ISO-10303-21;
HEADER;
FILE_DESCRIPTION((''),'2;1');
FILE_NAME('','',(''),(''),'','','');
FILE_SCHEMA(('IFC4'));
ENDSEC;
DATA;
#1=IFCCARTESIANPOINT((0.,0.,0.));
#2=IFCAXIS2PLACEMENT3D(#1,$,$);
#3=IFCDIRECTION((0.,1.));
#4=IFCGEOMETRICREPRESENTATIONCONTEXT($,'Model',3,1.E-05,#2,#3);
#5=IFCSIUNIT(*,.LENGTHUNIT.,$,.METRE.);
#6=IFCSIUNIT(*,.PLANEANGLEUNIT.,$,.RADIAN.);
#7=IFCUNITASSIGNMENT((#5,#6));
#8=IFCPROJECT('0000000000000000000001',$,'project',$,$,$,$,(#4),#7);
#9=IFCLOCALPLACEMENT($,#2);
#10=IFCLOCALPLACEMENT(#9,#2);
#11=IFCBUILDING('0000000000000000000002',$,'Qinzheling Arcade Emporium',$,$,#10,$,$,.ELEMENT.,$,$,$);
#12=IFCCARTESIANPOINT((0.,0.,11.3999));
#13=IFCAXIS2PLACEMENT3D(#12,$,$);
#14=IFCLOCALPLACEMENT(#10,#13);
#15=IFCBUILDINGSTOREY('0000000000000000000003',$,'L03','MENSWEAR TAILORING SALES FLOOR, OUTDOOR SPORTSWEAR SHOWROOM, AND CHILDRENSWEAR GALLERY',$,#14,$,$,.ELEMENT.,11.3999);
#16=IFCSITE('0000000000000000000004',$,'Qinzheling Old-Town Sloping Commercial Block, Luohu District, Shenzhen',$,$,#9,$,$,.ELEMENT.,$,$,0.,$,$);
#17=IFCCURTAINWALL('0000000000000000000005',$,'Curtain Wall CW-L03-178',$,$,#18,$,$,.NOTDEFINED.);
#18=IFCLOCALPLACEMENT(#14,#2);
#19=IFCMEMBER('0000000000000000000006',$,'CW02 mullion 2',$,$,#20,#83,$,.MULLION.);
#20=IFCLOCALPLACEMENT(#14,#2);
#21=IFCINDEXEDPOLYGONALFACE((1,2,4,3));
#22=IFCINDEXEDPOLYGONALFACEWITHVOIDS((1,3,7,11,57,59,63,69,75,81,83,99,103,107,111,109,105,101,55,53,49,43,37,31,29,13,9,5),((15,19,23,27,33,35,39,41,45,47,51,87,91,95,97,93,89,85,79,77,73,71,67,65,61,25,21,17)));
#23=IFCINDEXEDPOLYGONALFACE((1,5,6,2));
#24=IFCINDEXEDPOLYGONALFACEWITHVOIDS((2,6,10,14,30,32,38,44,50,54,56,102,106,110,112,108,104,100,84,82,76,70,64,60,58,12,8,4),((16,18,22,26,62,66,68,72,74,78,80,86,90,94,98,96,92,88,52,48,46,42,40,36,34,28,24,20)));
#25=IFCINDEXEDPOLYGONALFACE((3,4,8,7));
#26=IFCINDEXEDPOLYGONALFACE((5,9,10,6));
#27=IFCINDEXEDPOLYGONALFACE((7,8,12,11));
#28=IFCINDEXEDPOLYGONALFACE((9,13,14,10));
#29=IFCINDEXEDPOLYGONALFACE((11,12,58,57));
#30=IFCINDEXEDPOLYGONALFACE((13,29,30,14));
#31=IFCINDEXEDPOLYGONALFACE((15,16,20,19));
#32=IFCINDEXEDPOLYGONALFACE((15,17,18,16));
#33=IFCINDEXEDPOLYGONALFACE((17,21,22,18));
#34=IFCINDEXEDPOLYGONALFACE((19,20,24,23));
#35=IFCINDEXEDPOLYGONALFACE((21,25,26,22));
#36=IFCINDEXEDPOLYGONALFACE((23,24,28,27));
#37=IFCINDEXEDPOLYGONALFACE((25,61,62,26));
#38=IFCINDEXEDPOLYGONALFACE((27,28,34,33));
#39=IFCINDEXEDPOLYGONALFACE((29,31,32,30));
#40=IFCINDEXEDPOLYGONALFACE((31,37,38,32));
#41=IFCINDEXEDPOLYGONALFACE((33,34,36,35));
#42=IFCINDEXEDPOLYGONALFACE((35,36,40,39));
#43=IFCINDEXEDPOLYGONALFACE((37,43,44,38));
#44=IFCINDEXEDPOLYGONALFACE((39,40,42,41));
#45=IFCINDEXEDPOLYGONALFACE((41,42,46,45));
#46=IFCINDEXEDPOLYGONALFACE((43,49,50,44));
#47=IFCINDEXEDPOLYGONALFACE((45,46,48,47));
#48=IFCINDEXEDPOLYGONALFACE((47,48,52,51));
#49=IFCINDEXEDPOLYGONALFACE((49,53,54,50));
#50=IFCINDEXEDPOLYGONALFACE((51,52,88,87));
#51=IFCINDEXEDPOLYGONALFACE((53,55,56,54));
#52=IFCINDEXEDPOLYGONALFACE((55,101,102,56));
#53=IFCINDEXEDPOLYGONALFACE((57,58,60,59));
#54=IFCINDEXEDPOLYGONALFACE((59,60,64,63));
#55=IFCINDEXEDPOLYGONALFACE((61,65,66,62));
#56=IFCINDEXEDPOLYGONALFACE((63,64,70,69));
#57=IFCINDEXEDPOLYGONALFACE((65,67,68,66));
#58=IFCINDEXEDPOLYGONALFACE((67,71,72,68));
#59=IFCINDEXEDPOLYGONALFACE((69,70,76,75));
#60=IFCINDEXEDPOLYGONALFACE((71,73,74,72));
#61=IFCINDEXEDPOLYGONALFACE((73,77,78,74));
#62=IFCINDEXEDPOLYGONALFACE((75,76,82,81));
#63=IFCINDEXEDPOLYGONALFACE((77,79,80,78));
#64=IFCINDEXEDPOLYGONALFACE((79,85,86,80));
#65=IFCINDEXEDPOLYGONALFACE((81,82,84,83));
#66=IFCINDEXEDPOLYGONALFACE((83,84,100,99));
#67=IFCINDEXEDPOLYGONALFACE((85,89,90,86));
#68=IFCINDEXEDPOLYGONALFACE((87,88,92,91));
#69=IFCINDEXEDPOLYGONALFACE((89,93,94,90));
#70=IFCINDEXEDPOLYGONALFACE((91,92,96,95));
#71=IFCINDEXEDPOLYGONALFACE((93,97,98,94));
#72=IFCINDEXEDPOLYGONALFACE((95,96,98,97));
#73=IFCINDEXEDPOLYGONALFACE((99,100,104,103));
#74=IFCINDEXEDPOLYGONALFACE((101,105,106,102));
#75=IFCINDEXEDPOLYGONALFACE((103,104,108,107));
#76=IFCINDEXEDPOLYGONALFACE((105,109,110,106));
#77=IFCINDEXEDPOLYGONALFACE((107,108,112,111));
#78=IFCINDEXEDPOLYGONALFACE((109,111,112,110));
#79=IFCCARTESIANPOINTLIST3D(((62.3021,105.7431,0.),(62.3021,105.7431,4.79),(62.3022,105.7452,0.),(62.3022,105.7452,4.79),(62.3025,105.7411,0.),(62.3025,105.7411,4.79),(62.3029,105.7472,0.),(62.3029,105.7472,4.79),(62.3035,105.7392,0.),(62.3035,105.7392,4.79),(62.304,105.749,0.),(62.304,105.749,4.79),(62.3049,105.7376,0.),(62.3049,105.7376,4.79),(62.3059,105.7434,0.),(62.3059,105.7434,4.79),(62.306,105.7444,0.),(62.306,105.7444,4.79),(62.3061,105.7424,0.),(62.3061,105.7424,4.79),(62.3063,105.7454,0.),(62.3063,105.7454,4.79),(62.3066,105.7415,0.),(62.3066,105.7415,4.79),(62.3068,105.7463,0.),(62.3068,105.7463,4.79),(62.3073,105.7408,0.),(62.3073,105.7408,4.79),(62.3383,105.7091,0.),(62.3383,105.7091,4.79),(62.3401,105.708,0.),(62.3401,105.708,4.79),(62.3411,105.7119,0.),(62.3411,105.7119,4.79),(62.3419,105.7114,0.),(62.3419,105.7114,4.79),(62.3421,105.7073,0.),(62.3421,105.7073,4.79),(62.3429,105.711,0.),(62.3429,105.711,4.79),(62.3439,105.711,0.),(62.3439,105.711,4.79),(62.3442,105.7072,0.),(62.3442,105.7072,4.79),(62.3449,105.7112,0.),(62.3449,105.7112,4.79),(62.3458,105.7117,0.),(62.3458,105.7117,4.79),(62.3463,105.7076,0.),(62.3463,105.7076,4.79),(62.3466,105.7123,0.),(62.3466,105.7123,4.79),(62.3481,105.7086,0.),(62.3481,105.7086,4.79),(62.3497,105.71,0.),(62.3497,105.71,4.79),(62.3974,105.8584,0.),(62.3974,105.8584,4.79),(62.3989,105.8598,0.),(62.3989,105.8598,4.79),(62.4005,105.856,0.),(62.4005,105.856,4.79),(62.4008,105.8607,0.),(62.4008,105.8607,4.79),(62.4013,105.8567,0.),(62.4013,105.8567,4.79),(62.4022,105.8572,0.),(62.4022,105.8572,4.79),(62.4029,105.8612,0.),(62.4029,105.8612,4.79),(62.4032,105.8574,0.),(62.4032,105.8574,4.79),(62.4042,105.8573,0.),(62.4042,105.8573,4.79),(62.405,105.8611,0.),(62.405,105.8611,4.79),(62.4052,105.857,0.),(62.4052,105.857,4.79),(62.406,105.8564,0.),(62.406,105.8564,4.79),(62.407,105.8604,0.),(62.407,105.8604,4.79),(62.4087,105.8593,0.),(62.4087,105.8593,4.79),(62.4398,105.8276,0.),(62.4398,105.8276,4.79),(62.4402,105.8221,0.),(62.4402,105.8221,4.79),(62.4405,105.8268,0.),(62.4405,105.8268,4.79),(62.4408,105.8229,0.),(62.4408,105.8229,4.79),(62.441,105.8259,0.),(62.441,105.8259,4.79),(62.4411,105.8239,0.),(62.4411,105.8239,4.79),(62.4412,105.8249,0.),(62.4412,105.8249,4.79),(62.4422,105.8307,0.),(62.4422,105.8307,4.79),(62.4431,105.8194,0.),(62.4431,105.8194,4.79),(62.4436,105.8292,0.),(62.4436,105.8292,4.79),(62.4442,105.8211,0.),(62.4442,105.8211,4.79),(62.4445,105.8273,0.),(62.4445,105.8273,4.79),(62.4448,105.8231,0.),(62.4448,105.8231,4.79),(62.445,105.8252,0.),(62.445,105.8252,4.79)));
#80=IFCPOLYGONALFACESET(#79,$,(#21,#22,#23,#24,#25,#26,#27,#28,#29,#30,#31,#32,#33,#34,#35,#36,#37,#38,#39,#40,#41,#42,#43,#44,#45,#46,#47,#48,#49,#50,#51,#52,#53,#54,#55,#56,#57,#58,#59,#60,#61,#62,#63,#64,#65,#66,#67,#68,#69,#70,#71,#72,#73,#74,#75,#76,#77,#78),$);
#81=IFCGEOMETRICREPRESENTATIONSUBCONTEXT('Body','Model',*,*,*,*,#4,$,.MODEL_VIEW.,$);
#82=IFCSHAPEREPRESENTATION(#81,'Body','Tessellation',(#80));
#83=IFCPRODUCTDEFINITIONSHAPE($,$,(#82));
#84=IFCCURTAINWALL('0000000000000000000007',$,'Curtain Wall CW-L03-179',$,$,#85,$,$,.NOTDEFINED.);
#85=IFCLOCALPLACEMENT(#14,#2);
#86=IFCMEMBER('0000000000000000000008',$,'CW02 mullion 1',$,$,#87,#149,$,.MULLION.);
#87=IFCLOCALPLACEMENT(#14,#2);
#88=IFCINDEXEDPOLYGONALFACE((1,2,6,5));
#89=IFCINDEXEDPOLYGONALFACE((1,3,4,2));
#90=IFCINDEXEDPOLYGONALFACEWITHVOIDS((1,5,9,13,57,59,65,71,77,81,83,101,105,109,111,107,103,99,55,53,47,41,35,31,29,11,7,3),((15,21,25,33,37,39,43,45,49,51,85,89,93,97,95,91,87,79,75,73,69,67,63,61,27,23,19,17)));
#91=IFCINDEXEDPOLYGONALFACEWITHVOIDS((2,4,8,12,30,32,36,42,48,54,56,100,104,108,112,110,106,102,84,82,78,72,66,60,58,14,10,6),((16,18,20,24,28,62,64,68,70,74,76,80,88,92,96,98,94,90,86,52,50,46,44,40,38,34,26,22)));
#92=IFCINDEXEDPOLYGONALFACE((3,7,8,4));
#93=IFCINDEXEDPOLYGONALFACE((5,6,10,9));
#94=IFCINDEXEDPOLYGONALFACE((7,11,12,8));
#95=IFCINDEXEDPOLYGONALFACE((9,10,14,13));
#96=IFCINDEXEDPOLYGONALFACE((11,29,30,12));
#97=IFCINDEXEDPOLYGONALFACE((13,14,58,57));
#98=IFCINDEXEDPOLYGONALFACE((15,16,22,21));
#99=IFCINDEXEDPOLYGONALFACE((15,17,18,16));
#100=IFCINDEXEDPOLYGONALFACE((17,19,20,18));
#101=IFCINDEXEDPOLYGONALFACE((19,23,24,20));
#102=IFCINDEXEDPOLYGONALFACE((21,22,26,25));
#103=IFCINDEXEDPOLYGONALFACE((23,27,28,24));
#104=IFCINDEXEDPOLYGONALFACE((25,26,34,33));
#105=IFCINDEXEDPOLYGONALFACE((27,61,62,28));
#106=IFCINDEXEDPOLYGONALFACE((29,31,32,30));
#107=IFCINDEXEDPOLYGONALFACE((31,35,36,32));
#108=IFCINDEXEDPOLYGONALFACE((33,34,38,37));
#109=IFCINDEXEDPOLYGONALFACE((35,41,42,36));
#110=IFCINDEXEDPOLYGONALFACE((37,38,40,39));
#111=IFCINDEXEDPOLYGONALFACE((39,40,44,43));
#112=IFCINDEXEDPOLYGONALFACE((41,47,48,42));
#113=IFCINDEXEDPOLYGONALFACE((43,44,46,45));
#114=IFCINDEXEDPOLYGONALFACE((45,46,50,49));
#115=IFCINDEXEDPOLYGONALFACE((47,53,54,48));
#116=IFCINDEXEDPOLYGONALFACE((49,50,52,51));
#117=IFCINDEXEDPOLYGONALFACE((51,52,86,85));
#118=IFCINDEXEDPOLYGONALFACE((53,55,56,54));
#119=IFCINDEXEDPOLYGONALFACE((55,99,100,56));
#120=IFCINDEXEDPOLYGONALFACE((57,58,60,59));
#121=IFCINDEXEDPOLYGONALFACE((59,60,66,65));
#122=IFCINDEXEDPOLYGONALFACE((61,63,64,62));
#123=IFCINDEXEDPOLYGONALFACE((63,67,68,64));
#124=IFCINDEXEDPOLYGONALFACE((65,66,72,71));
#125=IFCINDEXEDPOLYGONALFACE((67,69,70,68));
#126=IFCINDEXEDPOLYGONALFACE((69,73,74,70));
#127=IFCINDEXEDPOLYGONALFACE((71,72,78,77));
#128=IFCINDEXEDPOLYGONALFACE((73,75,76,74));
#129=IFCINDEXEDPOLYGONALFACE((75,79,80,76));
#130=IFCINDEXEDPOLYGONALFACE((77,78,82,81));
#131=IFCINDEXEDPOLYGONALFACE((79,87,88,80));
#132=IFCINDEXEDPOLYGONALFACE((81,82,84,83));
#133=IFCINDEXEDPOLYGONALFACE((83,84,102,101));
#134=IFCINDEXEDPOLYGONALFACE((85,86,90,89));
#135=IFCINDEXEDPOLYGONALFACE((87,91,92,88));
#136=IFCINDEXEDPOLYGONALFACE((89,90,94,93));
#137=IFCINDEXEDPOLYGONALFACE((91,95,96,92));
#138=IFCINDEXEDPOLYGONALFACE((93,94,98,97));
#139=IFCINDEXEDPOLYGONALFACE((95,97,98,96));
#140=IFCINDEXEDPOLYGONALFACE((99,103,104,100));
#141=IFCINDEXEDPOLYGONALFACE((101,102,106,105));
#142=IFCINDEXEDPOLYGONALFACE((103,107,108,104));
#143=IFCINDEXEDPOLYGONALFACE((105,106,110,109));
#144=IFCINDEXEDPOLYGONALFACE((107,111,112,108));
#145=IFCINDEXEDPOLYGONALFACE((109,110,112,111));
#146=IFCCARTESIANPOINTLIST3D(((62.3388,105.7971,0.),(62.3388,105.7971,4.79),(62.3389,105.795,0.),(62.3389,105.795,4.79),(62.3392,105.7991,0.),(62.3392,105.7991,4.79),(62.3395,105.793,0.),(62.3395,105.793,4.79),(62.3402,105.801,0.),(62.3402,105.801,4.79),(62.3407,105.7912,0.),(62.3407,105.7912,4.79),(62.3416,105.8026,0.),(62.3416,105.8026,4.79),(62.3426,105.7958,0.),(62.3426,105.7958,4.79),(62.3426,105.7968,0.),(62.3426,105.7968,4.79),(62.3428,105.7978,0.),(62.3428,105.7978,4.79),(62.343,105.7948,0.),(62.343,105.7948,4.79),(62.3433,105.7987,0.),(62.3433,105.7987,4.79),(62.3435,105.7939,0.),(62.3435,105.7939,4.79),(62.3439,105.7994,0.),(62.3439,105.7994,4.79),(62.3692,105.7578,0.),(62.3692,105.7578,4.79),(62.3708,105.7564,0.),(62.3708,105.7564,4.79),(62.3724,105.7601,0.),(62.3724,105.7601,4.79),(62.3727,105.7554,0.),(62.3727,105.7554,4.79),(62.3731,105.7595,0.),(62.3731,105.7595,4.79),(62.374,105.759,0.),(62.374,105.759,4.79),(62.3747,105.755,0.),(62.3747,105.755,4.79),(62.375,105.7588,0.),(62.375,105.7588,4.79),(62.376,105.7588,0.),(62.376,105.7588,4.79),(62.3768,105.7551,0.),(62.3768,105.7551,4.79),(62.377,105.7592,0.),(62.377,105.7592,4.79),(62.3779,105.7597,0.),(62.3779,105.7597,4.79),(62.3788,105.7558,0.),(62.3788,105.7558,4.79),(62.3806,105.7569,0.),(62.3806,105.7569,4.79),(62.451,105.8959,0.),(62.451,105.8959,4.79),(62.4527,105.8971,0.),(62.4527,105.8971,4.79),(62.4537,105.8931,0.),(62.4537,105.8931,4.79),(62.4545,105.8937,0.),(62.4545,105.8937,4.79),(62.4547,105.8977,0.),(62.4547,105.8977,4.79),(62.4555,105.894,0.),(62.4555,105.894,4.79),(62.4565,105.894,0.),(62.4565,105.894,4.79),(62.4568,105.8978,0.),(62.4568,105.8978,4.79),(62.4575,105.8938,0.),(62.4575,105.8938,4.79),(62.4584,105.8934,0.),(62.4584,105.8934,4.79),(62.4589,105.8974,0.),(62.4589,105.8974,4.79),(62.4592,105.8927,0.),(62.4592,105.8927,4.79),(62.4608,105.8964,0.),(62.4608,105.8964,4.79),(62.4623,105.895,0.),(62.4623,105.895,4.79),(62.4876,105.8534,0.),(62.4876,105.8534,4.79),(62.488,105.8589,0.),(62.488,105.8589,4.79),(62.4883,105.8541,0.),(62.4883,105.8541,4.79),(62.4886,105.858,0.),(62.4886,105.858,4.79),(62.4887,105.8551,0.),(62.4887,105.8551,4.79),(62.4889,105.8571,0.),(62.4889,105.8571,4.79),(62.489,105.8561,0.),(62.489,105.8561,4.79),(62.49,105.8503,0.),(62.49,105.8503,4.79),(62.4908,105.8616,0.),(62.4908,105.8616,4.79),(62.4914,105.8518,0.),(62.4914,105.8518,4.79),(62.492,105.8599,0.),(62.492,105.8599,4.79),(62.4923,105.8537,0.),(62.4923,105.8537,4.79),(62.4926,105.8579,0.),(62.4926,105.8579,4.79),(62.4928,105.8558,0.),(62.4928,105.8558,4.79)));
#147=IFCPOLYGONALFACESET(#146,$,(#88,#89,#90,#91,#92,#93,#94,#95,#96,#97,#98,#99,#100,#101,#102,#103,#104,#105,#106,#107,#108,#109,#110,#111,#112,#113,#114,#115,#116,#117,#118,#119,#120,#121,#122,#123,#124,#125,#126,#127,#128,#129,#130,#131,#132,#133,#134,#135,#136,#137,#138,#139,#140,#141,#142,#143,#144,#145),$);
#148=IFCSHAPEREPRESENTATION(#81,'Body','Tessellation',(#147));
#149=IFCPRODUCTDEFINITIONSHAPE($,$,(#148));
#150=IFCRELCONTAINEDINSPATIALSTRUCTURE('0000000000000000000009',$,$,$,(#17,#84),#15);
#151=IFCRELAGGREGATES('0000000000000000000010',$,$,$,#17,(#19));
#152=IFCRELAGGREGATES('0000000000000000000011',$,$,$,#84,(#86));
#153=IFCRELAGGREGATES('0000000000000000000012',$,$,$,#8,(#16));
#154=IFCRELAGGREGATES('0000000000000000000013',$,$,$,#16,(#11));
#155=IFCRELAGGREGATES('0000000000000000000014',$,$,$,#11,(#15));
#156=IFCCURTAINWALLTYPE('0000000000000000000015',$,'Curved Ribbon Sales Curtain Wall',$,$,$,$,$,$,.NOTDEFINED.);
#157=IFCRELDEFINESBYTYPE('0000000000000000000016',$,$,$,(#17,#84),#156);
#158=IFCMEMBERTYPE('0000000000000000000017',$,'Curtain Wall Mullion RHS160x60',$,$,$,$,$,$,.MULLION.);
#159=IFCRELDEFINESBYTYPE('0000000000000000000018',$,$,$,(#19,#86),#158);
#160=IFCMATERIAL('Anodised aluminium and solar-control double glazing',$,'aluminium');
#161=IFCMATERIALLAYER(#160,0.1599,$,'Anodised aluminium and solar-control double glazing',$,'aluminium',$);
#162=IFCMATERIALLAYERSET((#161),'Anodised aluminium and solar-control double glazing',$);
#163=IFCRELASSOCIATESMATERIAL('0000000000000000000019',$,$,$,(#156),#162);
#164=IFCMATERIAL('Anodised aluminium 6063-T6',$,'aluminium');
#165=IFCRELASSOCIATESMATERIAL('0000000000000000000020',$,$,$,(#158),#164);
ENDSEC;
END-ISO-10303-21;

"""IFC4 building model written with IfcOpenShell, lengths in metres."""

from ifc_helpers import new_model, si_unit, direction, frame, origin, origin_2d, place, context, subcontext, project, spatial, hollow_rectangle, extrude, material, layer, layer_set, material_profile, profile_set, type_object, element, aggregate, save


model = new_model("IFC4")

# Units and contexts
model_context = context("Model", 3, precision=1e-05, world=origin(), true_north=direction((0.0, 1.0)))
body_context = subcontext(model_context, "Body", "Model", "MODEL_VIEW")
ifc_project = project(units=[si_unit("LENGTHUNIT", "METRE"), si_unit("PLANEANGLEUNIT", "RADIAN")], contexts=[model_context])

# Site, building, storey
site_placement = place(None, origin())
site = spatial("IfcSite", under=ifc_project, at=site_placement, Name="Qinzheling Old-Town Sloping Commercial Block, Luohu District, Shenzhen", CompositionType="ELEMENT", RefElevation=0.0)
building_placement = place(site_placement, origin())
building = spatial("IfcBuilding", under=site, at=building_placement, Name="Qinzheling Arcade Emporium", CompositionType="ELEMENT")
storey_placement = place(building_placement, frame((0.0, 0.0, 11.3999)))
storey = spatial("IfcBuildingStorey", under=building, at=storey_placement, Name="L03", Description="MENSWEAR TAILORING SALES FLOOR, OUTDOOR SPORTSWEAR SHOWROOM, AND CHILDRENSWEAR GALLERY", CompositionType="ELEMENT", Elevation=11.3999)

# Shared definitions
ifc_material_1 = material(Name="Anodised aluminium and solar-control double glazing", Category="aluminium")
ifc_layer_1 = layer(ifc_material_1, 0.1599, Name="Anodised aluminium and solar-control double glazing", Category="aluminium")
ifc_layer_set_1 = layer_set([ifc_layer_1], Name="Anodised aluminium and solar-control double glazing")
curtain_wall_type = type_object("IfcCurtainWallType", Name="Curved Ribbon Sales Curtain Wall", PredefinedType="NOTDEFINED", material=ifc_layer_set_1)
ifc_material_2 = material(Name="Anodised aluminium 6063-T6", Category="aluminium")
ifc_material_profile_1 = material_profile(ifc_material_2, hollow_rectangle(XDim=0.0601, YDim=0.1599, WallThickness=0.0039, InnerFilletRadius=0.0039, OuterFilletRadius=0.0081, at=origin_2d()), Name="RHS 160x60x4", Category="aluminium")
ifc_profile_set_1 = profile_set([ifc_material_profile_1], Name="Anodised aluminium 6063-T6")
member_type_1 = type_object("IfcMemberType", Name="Curtain Wall Mullion RHS160x60", PredefinedType="MULLION", material=ifc_profile_set_1)

# Curtain walls, members
curtain_wall_1_placement = place(storey_placement, origin())
curtain_wall_1 = element("IfcCurtainWall", 1, at=curtain_wall_1_placement, inside=storey, type_object=curtain_wall_type, Name="Curtain Wall CW-L03-178", PredefinedType="NOTDEFINED")
member_1_placement = place(storey_placement, frame((62.3735, 105.7842, 0.0), z_axis=(0.0, 0.0, 1.0), x_axis=(-0.760575, 0.64925, 0.0)))
member_1 = element("IfcMember", 2, at=member_1_placement, type_object=member_type_1, Name="CW02 mullion 2", PredefinedType="MULLION", context=body_context, shape_type="SweptSolid", body=[
    extrude(hollow_rectangle(XDim=0.0601, YDim=0.1599, WallThickness=0.0039, InnerFilletRadius=0.0039, OuterFilletRadius=0.0081, at=origin_2d()), origin(), (0.0, 0.0, 1.0), 4.79),
])
curtain_wall_2_placement = place(storey_placement, origin())
curtain_wall_2 = element("IfcCurtainWall", 3, at=curtain_wall_2_placement, inside=storey, type_object=curtain_wall_type, Name="Curtain Wall CW-L03-179", PredefinedType="NOTDEFINED")
member_2_placement = place(storey_placement, frame((62.4158, 105.8264, 0.0), z_axis=(0.0, 0.0, 1.0), x_axis=(-0.64925, 0.760575, 0.0)))
member_2 = element("IfcMember", 4, at=member_2_placement, type_object=member_type_1, Name="CW02 mullion 1", PredefinedType="MULLION", context=body_context, shape_type="SweptSolid", body=[
    extrude(hollow_rectangle(XDim=0.0601, YDim=0.1599, WallThickness=0.0039, InnerFilletRadius=0.0039, OuterFilletRadius=0.0081, at=origin_2d()), origin(), (0.0, 0.0, 1.0), 4.79),
])

aggregate(curtain_wall_1, [member_1])
aggregate(curtain_wall_2, [member_2])

save(model, "model.ifc")
